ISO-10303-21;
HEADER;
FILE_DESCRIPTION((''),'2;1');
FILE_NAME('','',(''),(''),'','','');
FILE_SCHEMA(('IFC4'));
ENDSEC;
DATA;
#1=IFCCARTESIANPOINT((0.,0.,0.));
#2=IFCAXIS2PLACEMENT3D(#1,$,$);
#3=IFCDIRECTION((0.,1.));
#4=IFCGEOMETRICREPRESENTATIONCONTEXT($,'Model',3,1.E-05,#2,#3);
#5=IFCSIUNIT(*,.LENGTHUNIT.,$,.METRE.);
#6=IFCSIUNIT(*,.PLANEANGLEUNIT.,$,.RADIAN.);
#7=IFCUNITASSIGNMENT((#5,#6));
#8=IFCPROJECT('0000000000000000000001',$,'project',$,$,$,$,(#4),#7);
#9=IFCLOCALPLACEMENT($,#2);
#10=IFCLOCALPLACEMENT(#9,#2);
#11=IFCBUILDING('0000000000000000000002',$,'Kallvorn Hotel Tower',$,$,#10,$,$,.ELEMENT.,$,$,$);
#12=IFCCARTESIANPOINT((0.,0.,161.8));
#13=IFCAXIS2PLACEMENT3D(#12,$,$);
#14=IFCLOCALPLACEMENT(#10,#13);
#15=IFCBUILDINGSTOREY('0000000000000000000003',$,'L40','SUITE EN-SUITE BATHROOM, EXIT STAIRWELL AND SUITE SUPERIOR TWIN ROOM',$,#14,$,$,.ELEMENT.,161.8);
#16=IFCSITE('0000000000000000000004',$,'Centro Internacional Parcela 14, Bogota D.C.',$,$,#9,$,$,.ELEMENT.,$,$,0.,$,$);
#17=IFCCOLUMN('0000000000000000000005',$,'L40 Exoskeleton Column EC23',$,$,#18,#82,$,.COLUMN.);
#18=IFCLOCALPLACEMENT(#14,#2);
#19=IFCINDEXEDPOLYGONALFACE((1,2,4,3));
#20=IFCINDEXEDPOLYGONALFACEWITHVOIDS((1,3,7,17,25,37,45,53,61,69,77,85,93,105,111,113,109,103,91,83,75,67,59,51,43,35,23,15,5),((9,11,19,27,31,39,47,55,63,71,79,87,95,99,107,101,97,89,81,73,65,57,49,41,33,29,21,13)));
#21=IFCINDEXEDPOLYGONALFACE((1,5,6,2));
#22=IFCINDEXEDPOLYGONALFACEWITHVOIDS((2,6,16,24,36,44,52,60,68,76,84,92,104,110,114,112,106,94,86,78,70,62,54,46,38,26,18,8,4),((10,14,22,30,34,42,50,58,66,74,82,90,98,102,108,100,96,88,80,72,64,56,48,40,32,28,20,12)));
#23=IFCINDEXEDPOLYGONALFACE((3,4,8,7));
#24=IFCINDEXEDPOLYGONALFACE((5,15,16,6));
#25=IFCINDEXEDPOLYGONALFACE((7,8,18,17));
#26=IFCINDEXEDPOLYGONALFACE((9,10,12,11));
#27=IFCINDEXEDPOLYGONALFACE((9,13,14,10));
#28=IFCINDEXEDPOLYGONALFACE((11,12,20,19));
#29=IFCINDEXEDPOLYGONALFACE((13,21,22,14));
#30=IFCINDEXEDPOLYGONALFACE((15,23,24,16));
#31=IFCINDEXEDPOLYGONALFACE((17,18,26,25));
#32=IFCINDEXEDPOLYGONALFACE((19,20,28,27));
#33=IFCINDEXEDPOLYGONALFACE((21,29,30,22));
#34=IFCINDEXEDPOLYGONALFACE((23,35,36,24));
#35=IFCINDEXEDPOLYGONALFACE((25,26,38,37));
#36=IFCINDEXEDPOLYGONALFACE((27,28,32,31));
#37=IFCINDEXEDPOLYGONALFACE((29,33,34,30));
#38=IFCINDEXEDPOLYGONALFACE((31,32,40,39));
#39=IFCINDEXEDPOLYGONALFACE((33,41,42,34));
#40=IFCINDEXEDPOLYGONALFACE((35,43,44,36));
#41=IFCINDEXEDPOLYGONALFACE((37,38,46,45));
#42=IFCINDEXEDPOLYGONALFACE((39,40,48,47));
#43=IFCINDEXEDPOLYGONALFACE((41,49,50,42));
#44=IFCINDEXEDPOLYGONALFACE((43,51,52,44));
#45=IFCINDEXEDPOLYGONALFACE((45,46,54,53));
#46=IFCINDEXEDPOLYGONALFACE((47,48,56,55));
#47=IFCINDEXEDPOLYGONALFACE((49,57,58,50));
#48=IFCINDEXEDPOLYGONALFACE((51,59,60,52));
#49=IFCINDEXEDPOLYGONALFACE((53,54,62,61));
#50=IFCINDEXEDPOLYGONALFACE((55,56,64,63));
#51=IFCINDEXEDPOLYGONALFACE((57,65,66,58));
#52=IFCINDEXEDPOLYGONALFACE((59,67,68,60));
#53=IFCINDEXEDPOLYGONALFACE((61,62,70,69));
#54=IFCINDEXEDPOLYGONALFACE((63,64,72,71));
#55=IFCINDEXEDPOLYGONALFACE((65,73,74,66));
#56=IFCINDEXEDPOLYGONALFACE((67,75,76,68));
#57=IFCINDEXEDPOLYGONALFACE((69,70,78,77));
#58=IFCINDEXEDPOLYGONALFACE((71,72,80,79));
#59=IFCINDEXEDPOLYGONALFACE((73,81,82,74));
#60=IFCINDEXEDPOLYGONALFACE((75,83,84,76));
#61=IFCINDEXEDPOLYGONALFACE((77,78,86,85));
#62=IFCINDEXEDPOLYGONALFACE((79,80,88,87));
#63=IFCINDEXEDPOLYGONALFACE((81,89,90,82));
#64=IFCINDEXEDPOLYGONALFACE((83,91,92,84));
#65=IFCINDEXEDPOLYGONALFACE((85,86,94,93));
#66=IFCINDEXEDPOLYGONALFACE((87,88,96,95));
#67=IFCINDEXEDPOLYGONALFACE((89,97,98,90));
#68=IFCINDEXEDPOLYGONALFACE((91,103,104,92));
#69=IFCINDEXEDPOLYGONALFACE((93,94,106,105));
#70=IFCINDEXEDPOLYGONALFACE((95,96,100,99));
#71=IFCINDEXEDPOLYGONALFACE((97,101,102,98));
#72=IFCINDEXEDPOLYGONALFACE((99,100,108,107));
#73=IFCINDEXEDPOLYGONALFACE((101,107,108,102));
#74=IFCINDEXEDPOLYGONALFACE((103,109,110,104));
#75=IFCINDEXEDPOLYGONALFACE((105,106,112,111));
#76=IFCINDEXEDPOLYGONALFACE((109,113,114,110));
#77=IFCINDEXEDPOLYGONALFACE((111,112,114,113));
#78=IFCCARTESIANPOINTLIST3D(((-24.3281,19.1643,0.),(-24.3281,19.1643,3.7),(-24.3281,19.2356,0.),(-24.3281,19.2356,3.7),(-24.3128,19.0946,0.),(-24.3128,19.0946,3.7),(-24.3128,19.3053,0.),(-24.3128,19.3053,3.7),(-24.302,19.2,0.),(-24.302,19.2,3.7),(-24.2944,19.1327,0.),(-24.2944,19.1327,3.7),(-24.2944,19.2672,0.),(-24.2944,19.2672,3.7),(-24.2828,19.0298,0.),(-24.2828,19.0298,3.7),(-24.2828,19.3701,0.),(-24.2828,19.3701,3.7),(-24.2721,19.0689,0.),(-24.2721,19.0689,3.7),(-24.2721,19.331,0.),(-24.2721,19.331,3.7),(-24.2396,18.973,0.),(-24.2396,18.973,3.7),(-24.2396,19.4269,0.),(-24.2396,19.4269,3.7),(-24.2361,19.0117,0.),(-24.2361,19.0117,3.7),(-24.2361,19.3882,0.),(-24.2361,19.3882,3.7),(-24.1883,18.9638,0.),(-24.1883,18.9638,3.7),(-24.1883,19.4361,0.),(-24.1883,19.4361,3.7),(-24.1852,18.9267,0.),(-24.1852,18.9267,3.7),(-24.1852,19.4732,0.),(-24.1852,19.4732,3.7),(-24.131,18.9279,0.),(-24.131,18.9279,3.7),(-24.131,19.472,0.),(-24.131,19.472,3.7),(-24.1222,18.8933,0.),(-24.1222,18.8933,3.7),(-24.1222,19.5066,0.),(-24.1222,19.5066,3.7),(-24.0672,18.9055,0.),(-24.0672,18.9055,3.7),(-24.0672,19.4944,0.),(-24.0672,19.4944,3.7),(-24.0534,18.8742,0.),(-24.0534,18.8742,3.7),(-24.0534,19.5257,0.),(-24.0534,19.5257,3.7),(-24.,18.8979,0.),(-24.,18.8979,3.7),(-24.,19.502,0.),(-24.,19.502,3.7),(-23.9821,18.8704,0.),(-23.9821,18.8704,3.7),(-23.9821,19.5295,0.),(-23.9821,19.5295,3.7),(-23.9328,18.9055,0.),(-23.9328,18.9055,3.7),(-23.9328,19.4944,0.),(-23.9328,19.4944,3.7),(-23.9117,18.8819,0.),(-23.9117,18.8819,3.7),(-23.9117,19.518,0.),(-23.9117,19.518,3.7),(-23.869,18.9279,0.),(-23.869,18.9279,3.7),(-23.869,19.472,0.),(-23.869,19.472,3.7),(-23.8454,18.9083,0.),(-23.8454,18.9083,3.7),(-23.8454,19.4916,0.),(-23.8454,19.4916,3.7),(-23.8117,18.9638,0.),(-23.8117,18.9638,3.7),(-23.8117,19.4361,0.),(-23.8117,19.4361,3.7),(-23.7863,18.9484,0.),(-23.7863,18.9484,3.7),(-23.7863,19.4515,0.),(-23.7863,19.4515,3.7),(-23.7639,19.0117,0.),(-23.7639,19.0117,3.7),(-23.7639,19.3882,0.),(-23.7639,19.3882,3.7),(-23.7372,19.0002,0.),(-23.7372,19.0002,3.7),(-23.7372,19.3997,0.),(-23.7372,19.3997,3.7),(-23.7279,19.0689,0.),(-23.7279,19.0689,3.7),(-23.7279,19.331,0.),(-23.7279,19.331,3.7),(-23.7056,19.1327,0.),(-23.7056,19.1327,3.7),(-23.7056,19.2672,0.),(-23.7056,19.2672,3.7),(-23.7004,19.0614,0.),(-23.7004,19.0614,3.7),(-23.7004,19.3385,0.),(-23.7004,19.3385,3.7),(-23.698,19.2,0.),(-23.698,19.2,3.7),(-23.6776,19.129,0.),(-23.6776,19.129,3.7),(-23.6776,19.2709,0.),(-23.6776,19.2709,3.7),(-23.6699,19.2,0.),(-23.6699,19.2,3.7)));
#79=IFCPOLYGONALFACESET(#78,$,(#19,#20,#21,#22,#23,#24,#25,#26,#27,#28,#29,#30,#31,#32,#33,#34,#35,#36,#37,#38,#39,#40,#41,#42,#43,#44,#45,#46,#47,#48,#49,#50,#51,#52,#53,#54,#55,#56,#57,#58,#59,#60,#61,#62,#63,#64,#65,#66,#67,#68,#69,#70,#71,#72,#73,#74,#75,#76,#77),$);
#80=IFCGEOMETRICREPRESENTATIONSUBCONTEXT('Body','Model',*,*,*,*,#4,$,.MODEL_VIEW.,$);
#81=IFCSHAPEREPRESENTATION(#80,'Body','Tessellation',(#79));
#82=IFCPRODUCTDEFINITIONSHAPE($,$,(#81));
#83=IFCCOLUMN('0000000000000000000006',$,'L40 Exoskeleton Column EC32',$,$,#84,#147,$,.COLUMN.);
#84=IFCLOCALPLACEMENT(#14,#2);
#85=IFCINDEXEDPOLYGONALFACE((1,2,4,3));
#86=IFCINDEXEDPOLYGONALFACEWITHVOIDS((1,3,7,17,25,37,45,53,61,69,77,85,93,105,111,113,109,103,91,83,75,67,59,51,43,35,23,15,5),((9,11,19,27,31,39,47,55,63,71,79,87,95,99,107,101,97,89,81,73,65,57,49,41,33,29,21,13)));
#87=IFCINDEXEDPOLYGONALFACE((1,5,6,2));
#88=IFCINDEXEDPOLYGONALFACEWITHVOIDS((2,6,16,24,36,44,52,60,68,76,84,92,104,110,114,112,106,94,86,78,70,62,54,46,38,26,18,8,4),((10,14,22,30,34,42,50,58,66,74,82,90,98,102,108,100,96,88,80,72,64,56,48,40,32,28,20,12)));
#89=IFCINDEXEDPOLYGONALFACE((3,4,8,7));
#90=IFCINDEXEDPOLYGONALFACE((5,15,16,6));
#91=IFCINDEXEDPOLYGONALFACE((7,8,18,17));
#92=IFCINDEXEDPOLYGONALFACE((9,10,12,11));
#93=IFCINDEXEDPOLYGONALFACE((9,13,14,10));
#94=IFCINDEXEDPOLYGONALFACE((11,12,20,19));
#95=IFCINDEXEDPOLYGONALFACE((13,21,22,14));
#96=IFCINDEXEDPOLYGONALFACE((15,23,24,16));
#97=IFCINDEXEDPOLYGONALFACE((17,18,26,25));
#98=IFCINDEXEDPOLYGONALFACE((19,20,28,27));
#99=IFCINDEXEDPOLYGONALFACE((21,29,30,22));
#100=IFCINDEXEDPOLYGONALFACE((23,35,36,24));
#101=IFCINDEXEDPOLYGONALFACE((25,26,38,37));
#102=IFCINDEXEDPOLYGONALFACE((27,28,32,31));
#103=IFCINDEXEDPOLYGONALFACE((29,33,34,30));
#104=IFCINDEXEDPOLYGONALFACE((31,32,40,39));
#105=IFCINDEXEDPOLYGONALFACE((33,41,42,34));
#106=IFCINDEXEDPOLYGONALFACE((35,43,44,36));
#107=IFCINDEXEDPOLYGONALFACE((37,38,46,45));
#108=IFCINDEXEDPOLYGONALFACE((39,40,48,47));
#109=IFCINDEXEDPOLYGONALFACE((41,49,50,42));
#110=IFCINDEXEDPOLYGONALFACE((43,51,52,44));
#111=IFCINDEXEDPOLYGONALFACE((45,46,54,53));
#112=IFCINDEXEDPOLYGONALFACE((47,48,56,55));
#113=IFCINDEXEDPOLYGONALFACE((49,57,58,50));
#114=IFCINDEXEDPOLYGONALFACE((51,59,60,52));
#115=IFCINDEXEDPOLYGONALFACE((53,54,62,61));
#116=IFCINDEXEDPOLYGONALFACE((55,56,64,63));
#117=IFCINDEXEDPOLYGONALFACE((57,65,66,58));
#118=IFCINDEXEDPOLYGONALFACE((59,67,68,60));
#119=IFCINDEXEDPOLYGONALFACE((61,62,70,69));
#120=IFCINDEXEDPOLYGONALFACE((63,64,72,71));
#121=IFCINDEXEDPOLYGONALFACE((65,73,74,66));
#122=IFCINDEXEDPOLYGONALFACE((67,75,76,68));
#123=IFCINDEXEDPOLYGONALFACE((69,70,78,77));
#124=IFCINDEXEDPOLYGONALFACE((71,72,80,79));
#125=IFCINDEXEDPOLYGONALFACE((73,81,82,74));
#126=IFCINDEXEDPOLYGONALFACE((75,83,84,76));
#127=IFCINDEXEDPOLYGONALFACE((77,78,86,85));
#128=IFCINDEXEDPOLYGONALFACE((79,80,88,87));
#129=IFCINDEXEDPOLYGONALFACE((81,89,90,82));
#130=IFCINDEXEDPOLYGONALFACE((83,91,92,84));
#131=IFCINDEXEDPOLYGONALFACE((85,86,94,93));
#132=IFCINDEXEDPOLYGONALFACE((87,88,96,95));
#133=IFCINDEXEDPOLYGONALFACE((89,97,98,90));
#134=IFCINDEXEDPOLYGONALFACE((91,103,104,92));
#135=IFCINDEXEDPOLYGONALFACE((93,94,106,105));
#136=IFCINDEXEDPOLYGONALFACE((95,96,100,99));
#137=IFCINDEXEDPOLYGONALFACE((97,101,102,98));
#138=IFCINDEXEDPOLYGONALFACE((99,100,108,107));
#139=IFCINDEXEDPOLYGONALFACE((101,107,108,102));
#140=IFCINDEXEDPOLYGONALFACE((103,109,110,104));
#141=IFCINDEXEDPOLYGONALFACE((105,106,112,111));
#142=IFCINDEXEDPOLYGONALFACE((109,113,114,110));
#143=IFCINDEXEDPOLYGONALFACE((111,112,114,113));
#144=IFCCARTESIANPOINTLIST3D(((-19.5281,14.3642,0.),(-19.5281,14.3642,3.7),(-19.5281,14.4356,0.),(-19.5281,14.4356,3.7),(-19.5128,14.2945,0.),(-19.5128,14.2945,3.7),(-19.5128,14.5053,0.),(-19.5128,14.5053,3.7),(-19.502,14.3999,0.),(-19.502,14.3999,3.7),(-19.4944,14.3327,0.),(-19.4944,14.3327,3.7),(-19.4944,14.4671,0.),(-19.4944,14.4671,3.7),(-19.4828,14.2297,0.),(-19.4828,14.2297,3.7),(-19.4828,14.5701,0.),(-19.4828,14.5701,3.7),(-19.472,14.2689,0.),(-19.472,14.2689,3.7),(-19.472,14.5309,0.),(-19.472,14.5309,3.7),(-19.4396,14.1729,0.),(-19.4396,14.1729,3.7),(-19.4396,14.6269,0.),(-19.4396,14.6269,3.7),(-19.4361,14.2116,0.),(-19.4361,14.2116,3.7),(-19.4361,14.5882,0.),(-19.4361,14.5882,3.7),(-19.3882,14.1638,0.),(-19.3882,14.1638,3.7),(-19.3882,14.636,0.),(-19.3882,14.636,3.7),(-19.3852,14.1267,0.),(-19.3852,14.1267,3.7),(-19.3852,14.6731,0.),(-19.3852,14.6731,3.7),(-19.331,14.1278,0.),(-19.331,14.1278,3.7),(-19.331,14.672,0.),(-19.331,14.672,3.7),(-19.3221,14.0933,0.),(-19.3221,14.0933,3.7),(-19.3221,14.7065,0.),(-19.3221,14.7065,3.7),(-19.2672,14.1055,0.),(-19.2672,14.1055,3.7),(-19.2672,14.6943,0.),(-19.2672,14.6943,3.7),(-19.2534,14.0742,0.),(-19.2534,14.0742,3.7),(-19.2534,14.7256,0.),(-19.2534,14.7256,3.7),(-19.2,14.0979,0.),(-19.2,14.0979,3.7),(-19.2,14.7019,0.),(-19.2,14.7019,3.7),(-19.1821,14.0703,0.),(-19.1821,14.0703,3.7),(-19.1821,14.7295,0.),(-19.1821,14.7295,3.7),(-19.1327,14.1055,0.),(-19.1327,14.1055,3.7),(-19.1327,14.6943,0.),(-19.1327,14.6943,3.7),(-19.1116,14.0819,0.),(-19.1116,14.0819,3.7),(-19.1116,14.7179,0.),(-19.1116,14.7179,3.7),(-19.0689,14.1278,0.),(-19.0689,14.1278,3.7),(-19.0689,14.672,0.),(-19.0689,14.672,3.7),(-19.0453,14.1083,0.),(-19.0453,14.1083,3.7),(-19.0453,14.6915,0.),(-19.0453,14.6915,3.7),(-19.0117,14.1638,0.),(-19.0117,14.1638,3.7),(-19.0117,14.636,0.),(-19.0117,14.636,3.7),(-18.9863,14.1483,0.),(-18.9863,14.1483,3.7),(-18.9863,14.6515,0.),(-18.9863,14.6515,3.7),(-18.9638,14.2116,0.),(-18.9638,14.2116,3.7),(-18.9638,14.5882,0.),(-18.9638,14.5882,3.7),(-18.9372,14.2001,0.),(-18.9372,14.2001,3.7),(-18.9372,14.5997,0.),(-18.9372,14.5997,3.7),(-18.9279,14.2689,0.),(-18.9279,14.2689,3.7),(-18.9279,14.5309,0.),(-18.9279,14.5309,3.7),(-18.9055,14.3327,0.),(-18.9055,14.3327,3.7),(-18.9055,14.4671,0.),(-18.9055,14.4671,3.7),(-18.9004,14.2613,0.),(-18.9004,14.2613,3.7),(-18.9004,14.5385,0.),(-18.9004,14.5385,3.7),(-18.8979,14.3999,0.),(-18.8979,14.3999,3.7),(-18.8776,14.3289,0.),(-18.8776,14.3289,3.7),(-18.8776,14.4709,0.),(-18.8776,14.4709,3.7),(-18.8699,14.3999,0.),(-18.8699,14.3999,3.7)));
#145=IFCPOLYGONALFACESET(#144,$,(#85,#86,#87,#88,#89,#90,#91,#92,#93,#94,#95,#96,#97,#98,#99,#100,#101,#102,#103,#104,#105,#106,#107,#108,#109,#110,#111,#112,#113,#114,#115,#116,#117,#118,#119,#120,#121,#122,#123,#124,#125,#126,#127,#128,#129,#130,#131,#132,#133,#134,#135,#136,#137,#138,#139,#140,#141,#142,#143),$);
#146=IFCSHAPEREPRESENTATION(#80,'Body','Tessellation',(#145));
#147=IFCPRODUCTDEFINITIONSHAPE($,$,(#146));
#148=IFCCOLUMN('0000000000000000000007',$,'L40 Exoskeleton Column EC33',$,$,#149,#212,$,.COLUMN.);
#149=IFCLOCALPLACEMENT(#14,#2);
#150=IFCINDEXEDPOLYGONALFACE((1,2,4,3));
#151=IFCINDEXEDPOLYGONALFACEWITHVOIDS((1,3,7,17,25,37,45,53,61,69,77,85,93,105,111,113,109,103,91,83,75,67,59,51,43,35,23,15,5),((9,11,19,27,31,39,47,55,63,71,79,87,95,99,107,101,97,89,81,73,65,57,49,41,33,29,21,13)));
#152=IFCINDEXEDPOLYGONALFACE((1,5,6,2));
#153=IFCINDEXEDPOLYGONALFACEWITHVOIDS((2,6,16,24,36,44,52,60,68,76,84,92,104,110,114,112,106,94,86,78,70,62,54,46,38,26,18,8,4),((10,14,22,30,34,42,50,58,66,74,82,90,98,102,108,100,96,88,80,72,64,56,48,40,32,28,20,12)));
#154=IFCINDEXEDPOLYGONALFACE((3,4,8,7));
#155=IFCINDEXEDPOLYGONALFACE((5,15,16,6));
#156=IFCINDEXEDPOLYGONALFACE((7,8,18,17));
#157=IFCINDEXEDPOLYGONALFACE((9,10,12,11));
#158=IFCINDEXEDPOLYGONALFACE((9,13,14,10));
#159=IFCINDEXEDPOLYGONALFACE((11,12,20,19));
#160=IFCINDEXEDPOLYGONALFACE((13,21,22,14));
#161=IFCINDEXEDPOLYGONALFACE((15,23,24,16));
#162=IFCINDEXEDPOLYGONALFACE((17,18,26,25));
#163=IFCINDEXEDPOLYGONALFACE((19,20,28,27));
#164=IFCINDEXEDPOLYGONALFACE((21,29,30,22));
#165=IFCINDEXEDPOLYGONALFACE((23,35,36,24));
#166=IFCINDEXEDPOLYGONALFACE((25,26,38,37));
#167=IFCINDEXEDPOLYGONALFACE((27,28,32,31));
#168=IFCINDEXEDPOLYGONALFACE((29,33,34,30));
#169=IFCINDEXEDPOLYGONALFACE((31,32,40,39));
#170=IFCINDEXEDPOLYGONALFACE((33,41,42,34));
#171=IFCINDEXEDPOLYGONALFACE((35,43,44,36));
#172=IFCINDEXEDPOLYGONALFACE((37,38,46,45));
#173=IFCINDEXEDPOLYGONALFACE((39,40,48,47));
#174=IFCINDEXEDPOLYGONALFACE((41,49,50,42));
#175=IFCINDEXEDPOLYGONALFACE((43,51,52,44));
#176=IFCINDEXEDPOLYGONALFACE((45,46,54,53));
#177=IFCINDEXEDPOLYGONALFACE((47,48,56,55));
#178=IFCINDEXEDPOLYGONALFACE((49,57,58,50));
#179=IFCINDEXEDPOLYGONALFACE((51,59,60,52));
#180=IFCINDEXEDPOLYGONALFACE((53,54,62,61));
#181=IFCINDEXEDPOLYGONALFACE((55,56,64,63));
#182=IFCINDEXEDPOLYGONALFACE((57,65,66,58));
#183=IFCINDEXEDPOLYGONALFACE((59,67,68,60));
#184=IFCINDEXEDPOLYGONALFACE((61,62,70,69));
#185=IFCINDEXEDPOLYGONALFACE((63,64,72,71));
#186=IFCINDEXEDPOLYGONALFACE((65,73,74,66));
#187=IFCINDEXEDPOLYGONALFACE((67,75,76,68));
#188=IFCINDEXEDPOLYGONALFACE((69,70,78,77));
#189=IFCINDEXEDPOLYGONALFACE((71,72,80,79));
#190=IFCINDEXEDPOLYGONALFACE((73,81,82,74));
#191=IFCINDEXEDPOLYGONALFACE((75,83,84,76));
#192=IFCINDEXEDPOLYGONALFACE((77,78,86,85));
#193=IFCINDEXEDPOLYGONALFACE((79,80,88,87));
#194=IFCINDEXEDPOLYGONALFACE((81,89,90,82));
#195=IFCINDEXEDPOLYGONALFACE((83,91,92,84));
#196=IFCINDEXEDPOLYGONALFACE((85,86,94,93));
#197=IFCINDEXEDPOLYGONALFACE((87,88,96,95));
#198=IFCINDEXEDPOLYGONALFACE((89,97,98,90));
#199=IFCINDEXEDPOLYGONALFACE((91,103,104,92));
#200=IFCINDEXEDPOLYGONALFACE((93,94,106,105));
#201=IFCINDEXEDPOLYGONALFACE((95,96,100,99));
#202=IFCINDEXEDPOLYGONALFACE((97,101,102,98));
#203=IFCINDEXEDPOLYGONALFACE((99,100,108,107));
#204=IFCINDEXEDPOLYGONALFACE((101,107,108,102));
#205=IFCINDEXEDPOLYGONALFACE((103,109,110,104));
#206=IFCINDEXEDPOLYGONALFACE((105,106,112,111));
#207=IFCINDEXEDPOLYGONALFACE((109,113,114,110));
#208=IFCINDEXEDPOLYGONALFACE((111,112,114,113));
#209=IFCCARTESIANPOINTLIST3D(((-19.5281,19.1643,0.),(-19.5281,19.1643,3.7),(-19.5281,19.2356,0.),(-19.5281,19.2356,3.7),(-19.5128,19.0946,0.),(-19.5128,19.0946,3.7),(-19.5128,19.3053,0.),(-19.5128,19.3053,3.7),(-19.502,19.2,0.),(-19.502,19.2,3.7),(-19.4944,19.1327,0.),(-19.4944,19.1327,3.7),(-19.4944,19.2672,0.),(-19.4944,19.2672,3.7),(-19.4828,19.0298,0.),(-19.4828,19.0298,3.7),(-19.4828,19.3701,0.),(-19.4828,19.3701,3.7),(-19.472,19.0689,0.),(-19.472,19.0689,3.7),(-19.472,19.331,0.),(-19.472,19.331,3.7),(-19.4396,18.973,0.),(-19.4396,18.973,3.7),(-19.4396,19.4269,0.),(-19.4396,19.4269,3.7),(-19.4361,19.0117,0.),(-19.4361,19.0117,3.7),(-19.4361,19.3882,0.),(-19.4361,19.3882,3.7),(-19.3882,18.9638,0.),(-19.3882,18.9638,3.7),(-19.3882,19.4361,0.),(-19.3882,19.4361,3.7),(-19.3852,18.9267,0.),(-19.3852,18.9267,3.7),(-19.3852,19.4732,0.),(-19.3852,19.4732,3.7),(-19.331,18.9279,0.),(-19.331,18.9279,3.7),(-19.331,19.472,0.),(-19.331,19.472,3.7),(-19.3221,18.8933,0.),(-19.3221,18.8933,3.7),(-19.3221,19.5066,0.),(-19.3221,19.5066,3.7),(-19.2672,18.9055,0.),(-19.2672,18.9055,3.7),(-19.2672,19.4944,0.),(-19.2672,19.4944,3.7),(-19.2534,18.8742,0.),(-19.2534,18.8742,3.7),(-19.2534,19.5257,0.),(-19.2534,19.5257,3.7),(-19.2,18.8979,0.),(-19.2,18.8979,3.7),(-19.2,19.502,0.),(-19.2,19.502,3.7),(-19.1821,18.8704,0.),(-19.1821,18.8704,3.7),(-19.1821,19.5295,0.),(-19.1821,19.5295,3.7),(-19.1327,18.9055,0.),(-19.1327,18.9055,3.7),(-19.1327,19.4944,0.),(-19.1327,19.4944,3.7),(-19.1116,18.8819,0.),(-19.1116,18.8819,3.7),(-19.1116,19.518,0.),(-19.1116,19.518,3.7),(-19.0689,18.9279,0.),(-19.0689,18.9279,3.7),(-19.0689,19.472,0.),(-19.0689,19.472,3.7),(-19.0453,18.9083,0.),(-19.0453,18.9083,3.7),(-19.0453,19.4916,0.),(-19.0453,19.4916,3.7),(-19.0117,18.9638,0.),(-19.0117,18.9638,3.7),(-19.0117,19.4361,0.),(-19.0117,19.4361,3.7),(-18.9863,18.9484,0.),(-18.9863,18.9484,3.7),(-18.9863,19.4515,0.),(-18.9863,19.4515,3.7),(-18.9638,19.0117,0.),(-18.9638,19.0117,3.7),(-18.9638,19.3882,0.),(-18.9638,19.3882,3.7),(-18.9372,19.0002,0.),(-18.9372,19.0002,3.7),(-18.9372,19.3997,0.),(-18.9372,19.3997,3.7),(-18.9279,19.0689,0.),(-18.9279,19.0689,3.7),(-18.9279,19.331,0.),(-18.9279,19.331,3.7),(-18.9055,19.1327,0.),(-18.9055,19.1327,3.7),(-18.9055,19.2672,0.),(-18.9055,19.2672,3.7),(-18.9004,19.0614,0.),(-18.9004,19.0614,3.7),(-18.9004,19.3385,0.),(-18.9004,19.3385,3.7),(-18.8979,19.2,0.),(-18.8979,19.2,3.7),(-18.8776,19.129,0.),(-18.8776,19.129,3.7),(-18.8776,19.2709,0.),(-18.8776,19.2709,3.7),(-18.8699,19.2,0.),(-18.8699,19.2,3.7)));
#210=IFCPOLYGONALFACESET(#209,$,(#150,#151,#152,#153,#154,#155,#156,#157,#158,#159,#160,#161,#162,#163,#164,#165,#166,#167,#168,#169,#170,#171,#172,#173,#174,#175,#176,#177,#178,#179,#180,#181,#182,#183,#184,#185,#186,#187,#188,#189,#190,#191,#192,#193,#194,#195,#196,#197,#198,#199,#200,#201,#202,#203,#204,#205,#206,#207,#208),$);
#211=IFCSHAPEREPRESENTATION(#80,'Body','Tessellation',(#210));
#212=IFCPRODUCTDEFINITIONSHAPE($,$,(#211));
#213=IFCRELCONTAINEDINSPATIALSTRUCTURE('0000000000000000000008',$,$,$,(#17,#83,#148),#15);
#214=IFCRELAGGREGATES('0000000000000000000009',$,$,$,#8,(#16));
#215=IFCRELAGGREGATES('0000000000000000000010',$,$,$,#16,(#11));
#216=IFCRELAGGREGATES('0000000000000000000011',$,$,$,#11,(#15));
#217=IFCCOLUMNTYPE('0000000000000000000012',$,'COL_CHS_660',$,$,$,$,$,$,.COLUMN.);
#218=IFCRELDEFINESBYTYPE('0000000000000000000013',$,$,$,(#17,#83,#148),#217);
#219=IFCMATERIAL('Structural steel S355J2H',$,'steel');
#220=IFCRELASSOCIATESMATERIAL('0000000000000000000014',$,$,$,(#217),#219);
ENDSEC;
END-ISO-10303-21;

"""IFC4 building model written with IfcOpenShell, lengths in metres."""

from ifc_helpers import new_model, si_unit, direction, frame, origin, origin_2d, place, context, subcontext, project, spatial, hollow_circle, extrude, material, material_profile, profile_set, type_object, element, save


model = new_model("IFC4")

# Units and contexts
model_context = context("Model", 3, precision=1e-05, world=origin(), true_north=direction((0.0, 1.0)))
body_context = subcontext(model_context, "Body", "Model", "MODEL_VIEW")
ifc_project = project(units=[si_unit("LENGTHUNIT", "METRE"), si_unit("PLANEANGLEUNIT", "RADIAN")], contexts=[model_context])

# Site, building, storey
site_placement = place(None, origin())
site = spatial("IfcSite", under=ifc_project, at=site_placement, Name="Centro Internacional Parcela 14, Bogota D.C.", CompositionType="ELEMENT", RefElevation=0.0)
building_placement = place(site_placement, origin())
building = spatial("IfcBuilding", under=site, at=building_placement, Name="Kallvorn Hotel Tower", CompositionType="ELEMENT")
storey_placement = place(building_placement, frame((0.0, 0.0, 161.8)))
storey = spatial("IfcBuildingStorey", under=building, at=storey_placement, Name="L40", Description="SUITE EN-SUITE BATHROOM, EXIT STAIRWELL AND SUITE SUPERIOR TWIN ROOM", CompositionType="ELEMENT", Elevation=161.8)

# Columns
ifc_material_1 = material(Name="Structural steel S355J2H", Category="steel")
ifc_material_profile_1 = material_profile(ifc_material_1, hollow_circle(Radius=0.3301, WallThickness=0.0281, at=origin_2d()), Name="CHS 660x28")
ifc_profile_set_1 = profile_set([ifc_material_profile_1], Name="Structural steel S355J2H")
column_type_1 = type_object("IfcColumnType", Name="COL_CHS_660", PredefinedType="COLUMN", material=ifc_profile_set_1)
for number, where, z_axis, x_axis, name in (
    (1, (-24.0, 19.2, 0.0), (0.0, 0.0, 1.0), (1.0, 0.0, 0.0), "L40 Exoskeleton Column EC23"),
    (2, (-19.2, 14.3999, 0.0), (0.0, 0.0, 1.0), (1.0, 0.0, 0.0), "L40 Exoskeleton Column EC32"),
    (3, (-19.2, 19.2, 0.0), (0.0, 0.0, 1.0), (1.0, 0.0, 0.0), "L40 Exoskeleton Column EC33"),
):
    element("IfcColumn", number, at=place(storey_placement, frame(where, z_axis=z_axis, x_axis=x_axis)), inside=storey, type_object=column_type_1, Name=name, PredefinedType="COLUMN", context=body_context, shape_type="SweptSolid", body=[
        extrude(hollow_circle(Radius=0.3301, WallThickness=0.0281, at=origin_2d()), origin(), (0.0, 0.0, 1.0), 3.7),
    ])

save(model, "model.ifc")
